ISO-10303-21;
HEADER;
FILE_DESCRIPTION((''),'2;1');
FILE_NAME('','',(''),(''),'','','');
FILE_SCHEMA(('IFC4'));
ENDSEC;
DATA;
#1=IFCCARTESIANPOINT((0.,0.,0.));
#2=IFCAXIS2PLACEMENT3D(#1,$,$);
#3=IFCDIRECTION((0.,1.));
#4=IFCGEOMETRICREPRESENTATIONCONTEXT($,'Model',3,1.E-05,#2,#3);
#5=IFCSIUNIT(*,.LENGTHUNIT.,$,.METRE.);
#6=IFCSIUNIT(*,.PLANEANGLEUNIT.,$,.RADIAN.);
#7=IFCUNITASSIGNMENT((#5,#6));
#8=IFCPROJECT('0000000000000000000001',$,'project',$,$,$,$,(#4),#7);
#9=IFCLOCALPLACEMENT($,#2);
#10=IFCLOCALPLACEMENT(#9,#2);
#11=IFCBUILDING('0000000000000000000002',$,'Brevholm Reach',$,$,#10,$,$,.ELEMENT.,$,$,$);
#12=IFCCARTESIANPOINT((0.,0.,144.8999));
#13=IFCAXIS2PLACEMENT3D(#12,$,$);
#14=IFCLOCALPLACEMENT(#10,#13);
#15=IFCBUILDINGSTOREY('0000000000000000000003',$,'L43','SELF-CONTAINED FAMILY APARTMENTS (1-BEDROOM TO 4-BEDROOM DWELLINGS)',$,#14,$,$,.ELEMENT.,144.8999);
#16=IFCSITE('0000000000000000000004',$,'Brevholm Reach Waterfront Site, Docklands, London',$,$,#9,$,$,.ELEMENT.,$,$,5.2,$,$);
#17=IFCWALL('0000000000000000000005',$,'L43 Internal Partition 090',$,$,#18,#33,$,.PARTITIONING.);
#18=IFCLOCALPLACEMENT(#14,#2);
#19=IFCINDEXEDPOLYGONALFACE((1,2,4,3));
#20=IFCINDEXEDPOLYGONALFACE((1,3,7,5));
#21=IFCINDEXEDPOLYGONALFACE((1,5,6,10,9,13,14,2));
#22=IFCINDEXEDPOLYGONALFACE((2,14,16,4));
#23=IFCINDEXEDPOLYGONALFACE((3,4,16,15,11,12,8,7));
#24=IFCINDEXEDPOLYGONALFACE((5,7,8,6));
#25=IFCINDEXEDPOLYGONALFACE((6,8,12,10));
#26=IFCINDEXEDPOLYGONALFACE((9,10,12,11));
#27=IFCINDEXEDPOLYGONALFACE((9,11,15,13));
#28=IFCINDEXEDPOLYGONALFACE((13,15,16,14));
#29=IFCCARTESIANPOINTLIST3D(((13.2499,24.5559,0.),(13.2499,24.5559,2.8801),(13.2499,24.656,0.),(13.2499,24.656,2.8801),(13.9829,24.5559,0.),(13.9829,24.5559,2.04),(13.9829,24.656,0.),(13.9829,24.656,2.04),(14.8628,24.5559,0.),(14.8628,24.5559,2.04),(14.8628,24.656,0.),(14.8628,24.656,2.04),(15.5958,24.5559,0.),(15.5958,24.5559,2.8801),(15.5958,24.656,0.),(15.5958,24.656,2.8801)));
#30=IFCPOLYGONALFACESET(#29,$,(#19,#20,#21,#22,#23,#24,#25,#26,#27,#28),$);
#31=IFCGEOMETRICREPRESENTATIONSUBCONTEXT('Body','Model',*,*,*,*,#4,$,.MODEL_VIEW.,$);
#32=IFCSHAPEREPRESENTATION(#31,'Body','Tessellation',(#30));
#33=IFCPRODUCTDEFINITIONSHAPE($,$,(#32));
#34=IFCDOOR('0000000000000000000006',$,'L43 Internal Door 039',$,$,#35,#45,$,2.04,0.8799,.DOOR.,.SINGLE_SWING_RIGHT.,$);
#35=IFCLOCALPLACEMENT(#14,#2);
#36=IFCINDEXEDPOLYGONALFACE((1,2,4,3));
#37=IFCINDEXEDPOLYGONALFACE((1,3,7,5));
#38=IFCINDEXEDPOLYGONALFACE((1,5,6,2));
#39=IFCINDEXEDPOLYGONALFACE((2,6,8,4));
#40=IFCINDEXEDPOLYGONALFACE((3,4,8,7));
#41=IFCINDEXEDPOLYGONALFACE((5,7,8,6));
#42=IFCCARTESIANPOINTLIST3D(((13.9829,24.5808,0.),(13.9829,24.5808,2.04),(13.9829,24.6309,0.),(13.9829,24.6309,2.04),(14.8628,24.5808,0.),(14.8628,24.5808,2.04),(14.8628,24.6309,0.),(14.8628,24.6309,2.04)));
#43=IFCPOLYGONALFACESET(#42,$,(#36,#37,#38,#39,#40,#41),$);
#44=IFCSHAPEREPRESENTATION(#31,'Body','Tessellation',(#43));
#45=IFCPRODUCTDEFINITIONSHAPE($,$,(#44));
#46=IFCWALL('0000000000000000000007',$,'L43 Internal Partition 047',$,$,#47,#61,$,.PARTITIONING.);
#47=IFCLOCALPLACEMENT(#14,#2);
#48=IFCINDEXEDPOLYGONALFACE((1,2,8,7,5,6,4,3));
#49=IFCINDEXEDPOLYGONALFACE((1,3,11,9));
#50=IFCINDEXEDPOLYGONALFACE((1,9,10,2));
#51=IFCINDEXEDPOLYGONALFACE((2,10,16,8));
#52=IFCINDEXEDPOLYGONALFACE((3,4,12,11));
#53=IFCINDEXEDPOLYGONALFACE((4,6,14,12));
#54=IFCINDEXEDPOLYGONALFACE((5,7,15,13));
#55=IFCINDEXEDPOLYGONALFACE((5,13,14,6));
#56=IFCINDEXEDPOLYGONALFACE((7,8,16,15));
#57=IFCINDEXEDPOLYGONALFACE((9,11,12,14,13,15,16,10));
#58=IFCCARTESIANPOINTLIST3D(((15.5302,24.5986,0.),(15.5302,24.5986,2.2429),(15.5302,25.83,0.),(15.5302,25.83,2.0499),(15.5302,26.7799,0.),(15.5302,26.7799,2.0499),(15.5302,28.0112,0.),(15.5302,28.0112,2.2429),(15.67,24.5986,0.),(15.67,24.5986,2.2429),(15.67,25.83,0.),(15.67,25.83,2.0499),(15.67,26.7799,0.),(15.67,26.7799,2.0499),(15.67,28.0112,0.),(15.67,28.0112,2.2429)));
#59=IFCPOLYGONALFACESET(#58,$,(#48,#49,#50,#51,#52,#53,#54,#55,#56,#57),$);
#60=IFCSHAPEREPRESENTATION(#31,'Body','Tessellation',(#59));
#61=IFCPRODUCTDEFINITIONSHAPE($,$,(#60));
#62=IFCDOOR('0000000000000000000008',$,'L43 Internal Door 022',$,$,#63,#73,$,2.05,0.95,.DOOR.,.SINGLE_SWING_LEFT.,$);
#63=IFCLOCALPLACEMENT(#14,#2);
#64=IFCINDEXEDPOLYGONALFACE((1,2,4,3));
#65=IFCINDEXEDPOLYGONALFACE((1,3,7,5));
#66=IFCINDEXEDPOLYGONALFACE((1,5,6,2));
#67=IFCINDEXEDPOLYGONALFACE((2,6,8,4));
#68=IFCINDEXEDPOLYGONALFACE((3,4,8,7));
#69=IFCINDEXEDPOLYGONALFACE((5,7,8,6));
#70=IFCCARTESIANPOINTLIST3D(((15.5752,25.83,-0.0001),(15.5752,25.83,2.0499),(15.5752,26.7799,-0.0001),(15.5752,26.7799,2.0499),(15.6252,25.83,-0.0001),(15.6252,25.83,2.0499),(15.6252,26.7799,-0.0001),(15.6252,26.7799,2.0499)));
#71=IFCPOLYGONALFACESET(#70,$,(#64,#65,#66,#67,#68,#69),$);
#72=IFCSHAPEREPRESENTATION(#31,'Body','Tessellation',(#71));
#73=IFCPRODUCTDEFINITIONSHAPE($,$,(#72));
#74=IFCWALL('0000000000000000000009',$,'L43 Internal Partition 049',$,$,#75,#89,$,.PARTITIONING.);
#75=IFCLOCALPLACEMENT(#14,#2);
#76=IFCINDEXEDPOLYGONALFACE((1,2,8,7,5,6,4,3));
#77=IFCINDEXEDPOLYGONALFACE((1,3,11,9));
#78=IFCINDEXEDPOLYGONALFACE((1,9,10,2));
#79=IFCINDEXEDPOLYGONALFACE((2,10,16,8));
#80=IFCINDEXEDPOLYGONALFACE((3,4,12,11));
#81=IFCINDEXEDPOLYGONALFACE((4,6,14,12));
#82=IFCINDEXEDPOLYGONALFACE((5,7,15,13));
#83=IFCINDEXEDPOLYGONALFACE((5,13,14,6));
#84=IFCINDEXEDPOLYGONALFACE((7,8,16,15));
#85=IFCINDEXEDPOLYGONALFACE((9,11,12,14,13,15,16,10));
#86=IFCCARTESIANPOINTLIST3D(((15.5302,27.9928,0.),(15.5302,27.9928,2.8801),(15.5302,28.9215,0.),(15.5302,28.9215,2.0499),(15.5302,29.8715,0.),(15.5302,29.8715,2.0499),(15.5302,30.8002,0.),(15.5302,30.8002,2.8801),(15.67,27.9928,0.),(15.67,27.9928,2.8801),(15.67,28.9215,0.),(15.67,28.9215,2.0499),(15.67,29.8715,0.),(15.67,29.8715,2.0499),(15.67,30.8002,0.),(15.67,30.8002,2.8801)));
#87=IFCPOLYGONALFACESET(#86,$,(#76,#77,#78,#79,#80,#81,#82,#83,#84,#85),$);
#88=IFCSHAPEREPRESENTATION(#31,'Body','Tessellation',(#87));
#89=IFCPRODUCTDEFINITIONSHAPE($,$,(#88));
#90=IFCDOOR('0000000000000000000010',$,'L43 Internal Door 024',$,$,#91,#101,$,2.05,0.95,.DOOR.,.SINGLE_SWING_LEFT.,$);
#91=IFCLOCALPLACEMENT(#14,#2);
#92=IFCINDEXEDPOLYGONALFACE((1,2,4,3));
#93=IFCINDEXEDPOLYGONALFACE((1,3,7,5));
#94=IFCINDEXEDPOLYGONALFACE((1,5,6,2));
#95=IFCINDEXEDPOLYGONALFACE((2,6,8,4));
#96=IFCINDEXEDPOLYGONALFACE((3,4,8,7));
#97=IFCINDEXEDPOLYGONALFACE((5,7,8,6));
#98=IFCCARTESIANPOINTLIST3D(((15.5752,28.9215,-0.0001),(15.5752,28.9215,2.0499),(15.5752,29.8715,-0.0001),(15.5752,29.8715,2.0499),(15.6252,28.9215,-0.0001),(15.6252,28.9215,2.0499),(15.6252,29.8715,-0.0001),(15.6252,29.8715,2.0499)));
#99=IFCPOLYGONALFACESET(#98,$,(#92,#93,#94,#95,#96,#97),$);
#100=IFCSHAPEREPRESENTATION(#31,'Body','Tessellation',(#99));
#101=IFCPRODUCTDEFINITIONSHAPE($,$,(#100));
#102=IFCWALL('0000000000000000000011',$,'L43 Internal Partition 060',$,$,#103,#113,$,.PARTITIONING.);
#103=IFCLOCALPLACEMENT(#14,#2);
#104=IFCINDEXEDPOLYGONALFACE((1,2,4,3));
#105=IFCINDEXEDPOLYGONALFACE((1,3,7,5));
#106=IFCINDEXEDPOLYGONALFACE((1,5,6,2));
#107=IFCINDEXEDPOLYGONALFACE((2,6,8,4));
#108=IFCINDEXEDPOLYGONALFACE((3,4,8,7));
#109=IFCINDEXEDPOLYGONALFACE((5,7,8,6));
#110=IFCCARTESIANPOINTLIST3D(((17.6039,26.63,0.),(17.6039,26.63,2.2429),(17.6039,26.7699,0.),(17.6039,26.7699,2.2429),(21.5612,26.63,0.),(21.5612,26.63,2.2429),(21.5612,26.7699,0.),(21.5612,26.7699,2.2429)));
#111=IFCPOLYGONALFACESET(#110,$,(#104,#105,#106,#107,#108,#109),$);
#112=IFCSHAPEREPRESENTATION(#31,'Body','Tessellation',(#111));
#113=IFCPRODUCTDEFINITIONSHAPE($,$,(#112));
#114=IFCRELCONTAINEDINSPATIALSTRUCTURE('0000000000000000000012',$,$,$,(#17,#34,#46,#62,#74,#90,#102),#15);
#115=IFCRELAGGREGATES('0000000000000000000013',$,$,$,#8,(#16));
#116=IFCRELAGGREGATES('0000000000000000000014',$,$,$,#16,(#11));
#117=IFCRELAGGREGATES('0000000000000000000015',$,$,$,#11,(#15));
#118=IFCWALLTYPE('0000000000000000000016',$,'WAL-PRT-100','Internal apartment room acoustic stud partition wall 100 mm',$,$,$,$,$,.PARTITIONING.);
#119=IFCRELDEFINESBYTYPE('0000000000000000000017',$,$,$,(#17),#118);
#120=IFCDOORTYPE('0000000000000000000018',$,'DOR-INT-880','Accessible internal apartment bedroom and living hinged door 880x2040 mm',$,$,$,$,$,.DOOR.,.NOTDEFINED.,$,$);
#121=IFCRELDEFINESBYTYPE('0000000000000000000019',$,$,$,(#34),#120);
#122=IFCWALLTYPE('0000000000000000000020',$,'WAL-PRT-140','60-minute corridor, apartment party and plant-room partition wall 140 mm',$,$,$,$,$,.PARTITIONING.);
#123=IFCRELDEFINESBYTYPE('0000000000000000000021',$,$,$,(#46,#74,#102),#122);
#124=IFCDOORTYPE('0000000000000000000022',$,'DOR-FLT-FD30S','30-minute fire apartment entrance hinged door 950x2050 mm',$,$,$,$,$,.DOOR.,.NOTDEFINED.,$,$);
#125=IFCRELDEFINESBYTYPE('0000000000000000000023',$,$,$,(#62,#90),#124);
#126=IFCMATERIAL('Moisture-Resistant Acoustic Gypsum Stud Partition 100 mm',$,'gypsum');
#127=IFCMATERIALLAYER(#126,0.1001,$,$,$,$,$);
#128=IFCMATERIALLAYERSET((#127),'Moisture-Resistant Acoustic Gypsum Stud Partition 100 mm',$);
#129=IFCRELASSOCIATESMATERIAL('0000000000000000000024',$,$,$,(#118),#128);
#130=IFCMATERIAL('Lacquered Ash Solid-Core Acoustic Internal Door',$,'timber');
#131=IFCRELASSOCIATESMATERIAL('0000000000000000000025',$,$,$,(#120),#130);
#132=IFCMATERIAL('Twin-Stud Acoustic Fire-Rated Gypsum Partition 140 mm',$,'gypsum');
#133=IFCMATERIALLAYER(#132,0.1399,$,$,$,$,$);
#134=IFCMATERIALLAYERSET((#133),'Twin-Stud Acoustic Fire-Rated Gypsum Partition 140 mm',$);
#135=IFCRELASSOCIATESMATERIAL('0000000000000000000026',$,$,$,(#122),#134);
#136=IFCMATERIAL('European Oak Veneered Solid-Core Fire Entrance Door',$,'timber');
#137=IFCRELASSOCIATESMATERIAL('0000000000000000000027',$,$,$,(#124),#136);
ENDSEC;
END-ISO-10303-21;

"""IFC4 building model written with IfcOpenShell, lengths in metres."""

from ifc_helpers import new_model, si_unit, direction, frame, frame_2d, origin, place, context, subcontext, project, spatial, rectangle, extrude, material, layer, layer_set, type_object, element, fill, save


model = new_model("IFC4")

# Units and contexts
model_context = context("Model", 3, precision=1e-05, world=origin(), true_north=direction((0.0, 1.0)))
body_context = subcontext(model_context, "Body", "Model", "MODEL_VIEW")
ifc_project = project(units=[si_unit("LENGTHUNIT", "METRE"), si_unit("PLANEANGLEUNIT", "RADIAN")], contexts=[model_context])

# Site, building, storey
site_placement = place(None, origin())
site = spatial("IfcSite", under=ifc_project, at=site_placement, Name="Brevholm Reach Waterfront Site, Docklands, London", CompositionType="ELEMENT", RefElevation=5.2)
building_placement = place(site_placement, origin())
building = spatial("IfcBuilding", under=site, at=building_placement, Name="Brevholm Reach", CompositionType="ELEMENT")
storey_placement = place(building_placement, frame((0.0, 0.0, 144.8999)))
storey = spatial("IfcBuildingStorey", under=building, at=storey_placement, Name="L43", Description="SELF-CONTAINED FAMILY APARTMENTS (1-BEDROOM TO 4-BEDROOM DWELLINGS)", CompositionType="ELEMENT", Elevation=144.8999)

# Walls, openings, doors
ifc_material_1 = material(Name="Moisture-Resistant Acoustic Gypsum Stud Partition 100 mm", Category="gypsum")
ifc_layer_1 = layer(ifc_material_1, 0.1001)
ifc_layer_set_1 = layer_set([ifc_layer_1], Name="Moisture-Resistant Acoustic Gypsum Stud Partition 100 mm")
wall_type_1 = type_object("IfcWallType", Name="WAL-PRT-100", Description="Internal apartment room acoustic stud partition wall 100 mm", PredefinedType="PARTITIONING", material=ifc_layer_set_1)
wall_1_placement = place(storey_placement, frame((13.25, 24.606, 0.0), z_axis=(0.0, 0.0, 1.0), x_axis=(1.0, 0.0, 0.0)))
wall_1 = element("IfcWall", 1, at=wall_1_placement, inside=storey, type_object=wall_type_1, Name="L43 Internal Partition 090", PredefinedType="PARTITIONING", context=body_context, shape_type="SweptSolid", body=[
    extrude(rectangle(XDim=2.3459, YDim=0.1001, at=frame_2d((1.1729, 0.0))), origin(), (0.0, 0.0, 1.0), 2.8801),
])
opening_1_placement = place(wall_1_placement, frame((0.7329, 0.0, 0.0)))
opening_1 = element("IfcOpeningElement", 2, at=opening_1_placement, cuts=wall_1, PredefinedType="OPENING", context=body_context, shape_type="SweptSolid", body=[
    extrude(rectangle(XDim=0.8799, YDim=2.04, at=frame_2d((0.4399, 1.02))), frame((0.0, 0.0601, 0.0), z_axis=(0.0, -1.0, 0.0), x_axis=(1.0, 0.0, 0.0)), (0.0, 0.0, 1.0), 0.1201),
])
ifc_material_2 = material(Name="Lacquered Ash Solid-Core Acoustic Internal Door", Category="timber")
door_type_1 = type_object("IfcDoorType", Name="DOR-INT-880", Description="Accessible internal apartment bedroom and living hinged door 880x2040 mm", OperationType="NOTDEFINED", PredefinedType="DOOR", material=ifc_material_2)
door_1_placement = place(opening_1_placement, origin())
door_1 = element("IfcDoor", 3, at=door_1_placement, inside=storey, type_object=door_type_1, Name="L43 Internal Door 039", OperationType="SINGLE_SWING_RIGHT", OverallHeight=2.04, OverallWidth=0.8799, PredefinedType="DOOR", context=body_context, shape_type="SweptSolid", body=[
    extrude(rectangle(XDim=0.8799, YDim=2.04, at=frame_2d((0.4399, 1.02))), frame((0.0, 0.0249, 0.0), z_axis=(0.0, -1.0, 0.0), x_axis=(1.0, 0.0, 0.0)), (0.0, 0.0, 1.0), 0.05),
])
fill(opening_1, door_1)
ifc_material_3 = material(Name="Twin-Stud Acoustic Fire-Rated Gypsum Partition 140 mm", Category="gypsum")
ifc_layer_2 = layer(ifc_material_3, 0.1399)
ifc_layer_set_2 = layer_set([ifc_layer_2], Name="Twin-Stud Acoustic Fire-Rated Gypsum Partition 140 mm")
wall_type_2 = type_object("IfcWallType", Name="WAL-PRT-140", Description="60-minute corridor, apartment party and plant-room partition wall 140 mm", PredefinedType="PARTITIONING", material=ifc_layer_set_2)
wall_2_placement = place(storey_placement, frame((15.6001, 24.5986, 0.0), z_axis=(0.0, 0.0, 1.0), x_axis=(0.0, 1.0, 0.0)))
wall_2 = element("IfcWall", 4, at=wall_2_placement, inside=storey, type_object=wall_type_2, Name="L43 Internal Partition 047", PredefinedType="PARTITIONING", context=body_context, shape_type="SweptSolid", body=[
    extrude(rectangle(XDim=3.4126, YDim=0.1399, at=frame_2d((1.7063, 0.0))), origin(), (0.0, 0.0, 1.0), 2.2429),
])
opening_2_placement = place(wall_2_placement, frame((1.2312, 0.0, 0.0)))
opening_2 = element("IfcOpeningElement", 5, at=opening_2_placement, cuts=wall_2, PredefinedType="OPENING", context=body_context, shape_type="SweptSolid", body=[
    extrude(rectangle(XDim=0.95, YDim=2.05, at=frame_2d((0.4751, 1.0249))), frame((0.0, 0.0798, 0.0), z_axis=(0.0, -1.0, 0.0), x_axis=(1.0, 0.0, 0.0)), (0.0, 0.0, 1.0), 0.1599),
])
ifc_material_4 = material(Name="European Oak Veneered Solid-Core Fire Entrance Door", Category="timber")
door_type_2 = type_object("IfcDoorType", Name="DOR-FLT-FD30S", Description="30-minute fire apartment entrance hinged door 950x2050 mm", OperationType="NOTDEFINED", PredefinedType="DOOR", material=ifc_material_4)
door_2_placement = place(opening_2_placement, origin())
door_2 = element("IfcDoor", 6, at=door_2_placement, inside=storey, type_object=door_type_2, Name="L43 Internal Door 022", OperationType="SINGLE_SWING_LEFT", OverallHeight=2.05, OverallWidth=0.95, PredefinedType="DOOR", context=body_context, shape_type="SweptSolid", body=[
    extrude(rectangle(XDim=0.95, YDim=2.05, at=frame_2d((0.4751, 1.0249))), frame((0.0, 0.0249, 0.0), z_axis=(0.0, -1.0, 0.0), x_axis=(1.0, 0.0, 0.0)), (0.0, 0.0, 1.0), 0.05),
])
fill(opening_2, door_2)
wall_3_placement = place(storey_placement, frame((15.6001, 27.9927, 0.0), z_axis=(0.0, 0.0, 1.0), x_axis=(0.0, 1.0, 0.0)))
wall_3 = element("IfcWall", 7, at=wall_3_placement, inside=storey, type_object=wall_type_2, Name="L43 Internal Partition 049", PredefinedType="PARTITIONING", context=body_context, shape_type="SweptSolid", body=[
    extrude(rectangle(XDim=2.8074, YDim=0.1399, at=frame_2d((1.4038, 0.0))), origin(), (0.0, 0.0, 1.0), 2.8801),
])
opening_3_placement = place(wall_3_placement, frame((0.9287, 0.0, 0.0)))
opening_3 = element("IfcOpeningElement", 8, at=opening_3_placement, cuts=wall_3, PredefinedType="OPENING", context=body_context, shape_type="SweptSolid", body=[
    extrude(rectangle(XDim=0.95, YDim=2.05, at=frame_2d((0.4751, 1.0249))), frame((0.0, 0.0798, 0.0), z_axis=(0.0, -1.0, 0.0), x_axis=(1.0, 0.0, 0.0)), (0.0, 0.0, 1.0), 0.1599),
])
door_3_placement = place(opening_3_placement, origin())
door_3 = element("IfcDoor", 9, at=door_3_placement, inside=storey, type_object=door_type_2, Name="L43 Internal Door 024", OperationType="SINGLE_SWING_LEFT", OverallHeight=2.05, OverallWidth=0.95, PredefinedType="DOOR", context=body_context, shape_type="SweptSolid", body=[
    extrude(rectangle(XDim=0.95, YDim=2.05, at=frame_2d((0.4751, 1.0249))), frame((0.0, 0.0249, 0.0), z_axis=(0.0, -1.0, 0.0), x_axis=(1.0, 0.0, 0.0)), (0.0, 0.0, 1.0), 0.05),
])
fill(opening_3, door_3)

# Wall
wall_4_placement = place(storey_placement, frame((17.604, 26.7, 0.0), z_axis=(0.0, 0.0, 1.0), x_axis=(1.0, 0.0, 0.0)))
element("IfcWall", 10, at=wall_4_placement, inside=storey, type_object=wall_type_2, Name="L43 Internal Partition 060", PredefinedType="PARTITIONING", context=body_context, shape_type="SweptSolid", body=[
    extrude(rectangle(XDim=3.9573, YDim=0.1399, at=frame_2d((1.9785, 0.0))), origin(), (0.0, 0.0, 1.0), 2.2429),
])

save(model, "model.ifc")
